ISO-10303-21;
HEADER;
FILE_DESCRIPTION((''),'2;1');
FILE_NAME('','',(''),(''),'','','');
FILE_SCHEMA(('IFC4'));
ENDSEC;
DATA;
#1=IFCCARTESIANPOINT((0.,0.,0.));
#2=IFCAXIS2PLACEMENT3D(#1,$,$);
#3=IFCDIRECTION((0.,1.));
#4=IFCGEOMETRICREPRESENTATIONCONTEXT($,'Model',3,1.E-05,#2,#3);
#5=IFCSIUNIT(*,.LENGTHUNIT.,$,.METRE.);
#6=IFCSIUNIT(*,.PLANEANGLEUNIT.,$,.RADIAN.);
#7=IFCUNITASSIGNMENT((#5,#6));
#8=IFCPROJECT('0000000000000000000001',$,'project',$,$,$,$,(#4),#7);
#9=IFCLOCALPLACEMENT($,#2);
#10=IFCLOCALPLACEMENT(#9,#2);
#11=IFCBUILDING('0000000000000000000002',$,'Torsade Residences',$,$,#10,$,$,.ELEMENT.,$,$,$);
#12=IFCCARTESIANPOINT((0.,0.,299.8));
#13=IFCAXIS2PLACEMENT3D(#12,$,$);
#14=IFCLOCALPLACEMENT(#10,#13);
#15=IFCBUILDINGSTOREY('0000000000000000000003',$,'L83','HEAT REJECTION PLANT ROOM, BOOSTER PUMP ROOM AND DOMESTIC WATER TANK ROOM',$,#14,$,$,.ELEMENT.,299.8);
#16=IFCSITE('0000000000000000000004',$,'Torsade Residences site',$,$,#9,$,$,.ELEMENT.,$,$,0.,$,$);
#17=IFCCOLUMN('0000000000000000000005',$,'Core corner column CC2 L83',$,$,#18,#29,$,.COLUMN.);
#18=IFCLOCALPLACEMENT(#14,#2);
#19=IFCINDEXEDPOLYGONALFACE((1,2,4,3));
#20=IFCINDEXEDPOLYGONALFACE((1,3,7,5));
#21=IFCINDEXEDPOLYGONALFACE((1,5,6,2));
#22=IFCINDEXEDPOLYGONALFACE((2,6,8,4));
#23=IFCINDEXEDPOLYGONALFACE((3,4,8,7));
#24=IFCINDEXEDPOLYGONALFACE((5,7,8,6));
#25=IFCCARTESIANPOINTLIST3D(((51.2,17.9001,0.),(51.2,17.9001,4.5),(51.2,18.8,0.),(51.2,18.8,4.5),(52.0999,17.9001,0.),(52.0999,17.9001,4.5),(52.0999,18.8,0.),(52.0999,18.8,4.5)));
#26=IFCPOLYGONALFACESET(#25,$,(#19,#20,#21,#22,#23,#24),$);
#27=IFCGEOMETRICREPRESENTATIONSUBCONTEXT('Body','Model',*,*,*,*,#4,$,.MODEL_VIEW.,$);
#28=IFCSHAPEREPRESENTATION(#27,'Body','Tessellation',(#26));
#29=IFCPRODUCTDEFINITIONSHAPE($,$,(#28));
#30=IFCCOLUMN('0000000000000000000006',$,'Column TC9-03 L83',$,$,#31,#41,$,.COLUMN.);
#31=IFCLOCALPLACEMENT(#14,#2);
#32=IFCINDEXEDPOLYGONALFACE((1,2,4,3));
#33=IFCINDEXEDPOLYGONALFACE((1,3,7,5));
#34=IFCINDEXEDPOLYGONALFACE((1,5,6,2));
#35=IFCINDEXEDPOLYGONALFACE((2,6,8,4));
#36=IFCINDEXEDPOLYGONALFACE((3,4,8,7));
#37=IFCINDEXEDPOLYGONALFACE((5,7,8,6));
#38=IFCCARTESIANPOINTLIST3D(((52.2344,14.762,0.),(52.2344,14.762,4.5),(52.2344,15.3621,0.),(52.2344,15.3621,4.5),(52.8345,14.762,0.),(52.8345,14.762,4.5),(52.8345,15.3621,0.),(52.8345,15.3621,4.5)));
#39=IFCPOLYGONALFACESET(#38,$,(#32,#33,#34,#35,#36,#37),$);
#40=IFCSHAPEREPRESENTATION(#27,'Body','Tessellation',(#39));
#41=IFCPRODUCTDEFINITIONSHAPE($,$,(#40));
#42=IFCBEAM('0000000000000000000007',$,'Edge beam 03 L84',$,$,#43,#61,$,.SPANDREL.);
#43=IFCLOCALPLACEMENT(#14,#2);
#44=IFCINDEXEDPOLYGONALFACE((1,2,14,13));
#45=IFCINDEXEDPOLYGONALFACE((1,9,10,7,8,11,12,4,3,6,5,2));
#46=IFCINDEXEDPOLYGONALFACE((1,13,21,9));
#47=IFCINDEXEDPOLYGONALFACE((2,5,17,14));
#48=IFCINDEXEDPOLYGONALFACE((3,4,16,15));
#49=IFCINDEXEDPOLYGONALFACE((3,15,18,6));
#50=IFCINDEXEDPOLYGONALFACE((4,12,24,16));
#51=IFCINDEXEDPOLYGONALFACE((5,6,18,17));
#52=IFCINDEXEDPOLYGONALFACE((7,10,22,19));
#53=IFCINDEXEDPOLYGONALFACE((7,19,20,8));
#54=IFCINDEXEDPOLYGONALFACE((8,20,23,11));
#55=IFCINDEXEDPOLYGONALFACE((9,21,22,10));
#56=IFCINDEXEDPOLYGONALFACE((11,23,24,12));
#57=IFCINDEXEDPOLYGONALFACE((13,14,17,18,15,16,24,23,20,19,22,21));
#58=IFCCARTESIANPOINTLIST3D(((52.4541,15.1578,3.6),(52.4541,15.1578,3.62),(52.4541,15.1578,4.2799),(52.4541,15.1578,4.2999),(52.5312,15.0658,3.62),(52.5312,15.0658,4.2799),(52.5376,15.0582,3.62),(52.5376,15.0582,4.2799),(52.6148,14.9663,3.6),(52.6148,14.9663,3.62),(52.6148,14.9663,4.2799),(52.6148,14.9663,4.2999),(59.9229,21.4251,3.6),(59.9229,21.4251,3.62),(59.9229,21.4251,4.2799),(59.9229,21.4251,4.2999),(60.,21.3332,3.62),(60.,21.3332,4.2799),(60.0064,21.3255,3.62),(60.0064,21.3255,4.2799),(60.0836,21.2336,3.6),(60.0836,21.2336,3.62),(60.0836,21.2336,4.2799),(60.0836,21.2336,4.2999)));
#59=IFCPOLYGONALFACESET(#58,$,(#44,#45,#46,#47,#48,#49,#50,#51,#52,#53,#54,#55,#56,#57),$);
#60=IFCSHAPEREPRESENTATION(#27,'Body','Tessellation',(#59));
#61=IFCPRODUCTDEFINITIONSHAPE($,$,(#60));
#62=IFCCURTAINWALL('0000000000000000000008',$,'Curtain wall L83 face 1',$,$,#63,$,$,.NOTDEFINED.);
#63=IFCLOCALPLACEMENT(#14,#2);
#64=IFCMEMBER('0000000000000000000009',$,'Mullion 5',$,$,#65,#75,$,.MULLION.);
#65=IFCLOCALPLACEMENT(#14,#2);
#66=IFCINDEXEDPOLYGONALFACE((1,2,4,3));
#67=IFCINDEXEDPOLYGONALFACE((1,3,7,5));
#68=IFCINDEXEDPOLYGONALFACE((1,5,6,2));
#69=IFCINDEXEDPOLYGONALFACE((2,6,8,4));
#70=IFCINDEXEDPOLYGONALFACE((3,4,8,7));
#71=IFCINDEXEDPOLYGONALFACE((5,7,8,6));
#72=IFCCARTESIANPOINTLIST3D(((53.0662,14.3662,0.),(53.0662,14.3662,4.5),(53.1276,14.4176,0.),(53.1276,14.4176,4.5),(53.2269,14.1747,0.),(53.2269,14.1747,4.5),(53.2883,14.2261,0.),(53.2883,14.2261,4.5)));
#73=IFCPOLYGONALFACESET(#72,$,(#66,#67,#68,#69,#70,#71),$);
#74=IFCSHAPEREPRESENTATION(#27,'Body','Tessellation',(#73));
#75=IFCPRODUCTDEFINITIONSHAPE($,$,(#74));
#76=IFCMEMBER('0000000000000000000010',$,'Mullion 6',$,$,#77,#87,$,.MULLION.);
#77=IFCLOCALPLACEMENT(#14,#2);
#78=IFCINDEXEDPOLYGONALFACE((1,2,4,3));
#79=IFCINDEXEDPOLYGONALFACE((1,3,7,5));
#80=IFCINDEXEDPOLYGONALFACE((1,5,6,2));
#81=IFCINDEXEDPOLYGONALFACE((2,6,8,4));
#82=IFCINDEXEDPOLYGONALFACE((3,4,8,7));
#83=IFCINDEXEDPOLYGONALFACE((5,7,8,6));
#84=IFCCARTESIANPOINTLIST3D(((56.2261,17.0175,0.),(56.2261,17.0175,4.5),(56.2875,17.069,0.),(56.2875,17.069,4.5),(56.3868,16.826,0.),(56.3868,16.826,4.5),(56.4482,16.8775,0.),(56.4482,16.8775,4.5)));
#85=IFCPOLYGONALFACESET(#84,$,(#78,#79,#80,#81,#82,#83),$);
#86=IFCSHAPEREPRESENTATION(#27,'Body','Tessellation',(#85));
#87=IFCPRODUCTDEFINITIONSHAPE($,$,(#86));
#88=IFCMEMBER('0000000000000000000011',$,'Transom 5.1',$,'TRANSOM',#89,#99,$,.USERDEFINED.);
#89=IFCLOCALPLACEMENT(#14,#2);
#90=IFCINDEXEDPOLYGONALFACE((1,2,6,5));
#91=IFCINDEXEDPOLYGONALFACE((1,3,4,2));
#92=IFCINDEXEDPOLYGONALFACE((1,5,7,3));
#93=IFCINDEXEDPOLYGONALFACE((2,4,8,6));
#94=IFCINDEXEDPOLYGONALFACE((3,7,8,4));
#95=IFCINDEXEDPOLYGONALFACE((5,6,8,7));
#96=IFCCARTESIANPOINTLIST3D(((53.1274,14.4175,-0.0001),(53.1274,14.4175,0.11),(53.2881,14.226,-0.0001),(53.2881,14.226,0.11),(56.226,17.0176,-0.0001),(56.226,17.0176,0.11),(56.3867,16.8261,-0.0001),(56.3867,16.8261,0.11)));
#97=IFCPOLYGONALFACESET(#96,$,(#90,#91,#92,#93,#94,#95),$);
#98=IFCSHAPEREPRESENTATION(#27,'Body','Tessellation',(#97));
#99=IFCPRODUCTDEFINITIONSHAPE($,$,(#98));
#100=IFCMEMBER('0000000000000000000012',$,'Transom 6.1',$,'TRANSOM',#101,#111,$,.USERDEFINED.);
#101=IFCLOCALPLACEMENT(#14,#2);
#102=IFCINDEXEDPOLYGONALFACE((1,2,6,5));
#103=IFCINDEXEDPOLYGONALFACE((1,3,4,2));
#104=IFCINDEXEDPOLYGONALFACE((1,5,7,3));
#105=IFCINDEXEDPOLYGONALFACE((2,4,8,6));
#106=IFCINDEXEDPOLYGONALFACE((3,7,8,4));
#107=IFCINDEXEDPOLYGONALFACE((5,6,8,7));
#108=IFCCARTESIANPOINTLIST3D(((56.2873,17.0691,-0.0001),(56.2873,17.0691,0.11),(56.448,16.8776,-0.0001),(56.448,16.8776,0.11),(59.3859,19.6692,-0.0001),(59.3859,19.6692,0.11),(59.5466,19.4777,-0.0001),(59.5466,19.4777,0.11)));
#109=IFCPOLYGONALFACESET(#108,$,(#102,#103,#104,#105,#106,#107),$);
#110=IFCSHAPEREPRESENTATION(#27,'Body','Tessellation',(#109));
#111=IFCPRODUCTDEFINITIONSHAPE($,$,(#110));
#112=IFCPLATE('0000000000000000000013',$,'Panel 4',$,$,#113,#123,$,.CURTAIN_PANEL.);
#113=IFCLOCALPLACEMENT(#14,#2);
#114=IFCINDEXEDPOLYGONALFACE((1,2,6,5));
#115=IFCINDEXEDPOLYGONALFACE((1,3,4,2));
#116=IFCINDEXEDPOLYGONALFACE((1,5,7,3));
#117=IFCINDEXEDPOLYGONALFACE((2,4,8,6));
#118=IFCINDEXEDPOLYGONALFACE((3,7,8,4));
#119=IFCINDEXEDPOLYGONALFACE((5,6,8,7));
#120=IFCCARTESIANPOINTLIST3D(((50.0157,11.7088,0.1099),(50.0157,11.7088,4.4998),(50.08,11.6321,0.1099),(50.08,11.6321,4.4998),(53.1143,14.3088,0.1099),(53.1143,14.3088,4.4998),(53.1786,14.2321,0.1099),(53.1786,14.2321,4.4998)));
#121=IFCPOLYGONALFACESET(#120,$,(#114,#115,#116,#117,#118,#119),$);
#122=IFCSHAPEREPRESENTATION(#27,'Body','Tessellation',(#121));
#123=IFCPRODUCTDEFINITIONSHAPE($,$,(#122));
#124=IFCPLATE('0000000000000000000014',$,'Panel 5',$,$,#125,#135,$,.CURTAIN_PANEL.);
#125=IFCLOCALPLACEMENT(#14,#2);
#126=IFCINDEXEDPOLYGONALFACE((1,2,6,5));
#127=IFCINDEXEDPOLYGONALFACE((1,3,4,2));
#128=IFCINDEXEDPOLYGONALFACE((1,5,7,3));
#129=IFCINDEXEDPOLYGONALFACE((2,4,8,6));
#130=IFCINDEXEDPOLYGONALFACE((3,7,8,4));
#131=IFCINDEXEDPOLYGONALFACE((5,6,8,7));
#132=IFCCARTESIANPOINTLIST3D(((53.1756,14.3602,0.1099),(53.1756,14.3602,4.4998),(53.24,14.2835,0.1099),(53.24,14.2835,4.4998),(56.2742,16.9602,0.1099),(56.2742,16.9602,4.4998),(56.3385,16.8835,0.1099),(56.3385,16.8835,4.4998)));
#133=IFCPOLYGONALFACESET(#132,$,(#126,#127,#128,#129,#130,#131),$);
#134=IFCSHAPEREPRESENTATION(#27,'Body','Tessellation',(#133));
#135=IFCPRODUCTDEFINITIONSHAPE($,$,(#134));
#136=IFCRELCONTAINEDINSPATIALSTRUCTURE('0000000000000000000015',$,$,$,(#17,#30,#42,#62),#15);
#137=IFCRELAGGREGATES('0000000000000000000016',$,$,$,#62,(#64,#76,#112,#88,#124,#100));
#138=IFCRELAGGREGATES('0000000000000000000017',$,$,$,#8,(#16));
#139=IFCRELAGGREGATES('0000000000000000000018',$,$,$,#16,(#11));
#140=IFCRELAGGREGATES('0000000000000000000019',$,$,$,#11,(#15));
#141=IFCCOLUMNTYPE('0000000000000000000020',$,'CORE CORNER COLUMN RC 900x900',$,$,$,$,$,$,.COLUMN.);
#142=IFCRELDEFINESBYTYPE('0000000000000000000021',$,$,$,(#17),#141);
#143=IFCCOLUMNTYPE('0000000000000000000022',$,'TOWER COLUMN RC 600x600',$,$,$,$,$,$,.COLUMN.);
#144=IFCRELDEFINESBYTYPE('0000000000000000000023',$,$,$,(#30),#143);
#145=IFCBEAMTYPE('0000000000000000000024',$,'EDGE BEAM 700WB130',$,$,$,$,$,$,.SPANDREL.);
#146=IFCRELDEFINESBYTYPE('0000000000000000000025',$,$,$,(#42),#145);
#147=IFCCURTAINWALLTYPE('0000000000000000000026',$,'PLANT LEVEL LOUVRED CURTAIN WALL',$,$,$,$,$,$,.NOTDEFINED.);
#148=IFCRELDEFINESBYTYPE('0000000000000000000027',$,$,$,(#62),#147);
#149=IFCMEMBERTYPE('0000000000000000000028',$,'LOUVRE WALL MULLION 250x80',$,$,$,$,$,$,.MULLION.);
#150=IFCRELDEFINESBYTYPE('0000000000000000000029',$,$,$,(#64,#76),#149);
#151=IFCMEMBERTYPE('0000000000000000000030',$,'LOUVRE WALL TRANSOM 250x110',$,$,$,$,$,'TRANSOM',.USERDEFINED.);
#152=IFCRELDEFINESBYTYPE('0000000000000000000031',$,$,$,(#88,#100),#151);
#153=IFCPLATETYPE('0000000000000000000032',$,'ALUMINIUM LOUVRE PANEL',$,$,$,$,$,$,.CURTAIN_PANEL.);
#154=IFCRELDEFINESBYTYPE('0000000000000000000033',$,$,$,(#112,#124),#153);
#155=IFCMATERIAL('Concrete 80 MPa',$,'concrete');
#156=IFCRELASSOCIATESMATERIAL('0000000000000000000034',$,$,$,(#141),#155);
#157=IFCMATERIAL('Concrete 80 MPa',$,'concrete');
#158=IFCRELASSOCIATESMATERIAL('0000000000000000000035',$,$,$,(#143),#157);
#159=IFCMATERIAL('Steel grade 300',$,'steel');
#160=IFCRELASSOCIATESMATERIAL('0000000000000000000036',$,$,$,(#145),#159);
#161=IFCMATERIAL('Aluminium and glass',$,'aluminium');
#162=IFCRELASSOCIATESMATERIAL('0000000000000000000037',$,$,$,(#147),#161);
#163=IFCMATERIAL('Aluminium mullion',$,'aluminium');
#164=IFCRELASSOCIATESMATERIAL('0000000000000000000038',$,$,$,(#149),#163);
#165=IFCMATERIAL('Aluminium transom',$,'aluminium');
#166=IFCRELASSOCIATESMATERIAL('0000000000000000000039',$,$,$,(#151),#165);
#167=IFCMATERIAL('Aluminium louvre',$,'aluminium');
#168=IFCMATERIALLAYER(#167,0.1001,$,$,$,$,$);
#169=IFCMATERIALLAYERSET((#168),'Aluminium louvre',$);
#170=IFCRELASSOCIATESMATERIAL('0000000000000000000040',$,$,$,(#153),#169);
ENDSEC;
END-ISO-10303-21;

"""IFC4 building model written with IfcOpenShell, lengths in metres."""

from ifc_helpers import new_model, si_unit, direction, frame, origin, origin_2d, place, context, subcontext, project, spatial, rectangle, i_section, extrude, material, layer, layer_set, material_profile, profile_set, type_object, element, aggregate, save


model = new_model("IFC4")

# Units and contexts
model_context = context("Model", 3, precision=1e-05, world=origin(), true_north=direction((0.0, 1.0)))
body_context = subcontext(model_context, "Body", "Model", "MODEL_VIEW")
ifc_project = project(units=[si_unit("LENGTHUNIT", "METRE"), si_unit("PLANEANGLEUNIT", "RADIAN")], contexts=[model_context])

# Site, building, storey
site_placement = place(None, origin())
site = spatial("IfcSite", under=ifc_project, at=site_placement, Name="Torsade Residences site", CompositionType="ELEMENT", RefElevation=0.0)
building_placement = place(site_placement, origin())
building = spatial("IfcBuilding", under=site, at=building_placement, Name="Torsade Residences", CompositionType="ELEMENT")
storey_placement = place(building_placement, frame((0.0, 0.0, 299.8)))
storey = spatial("IfcBuildingStorey", under=building, at=storey_placement, Name="L83", Description="HEAT REJECTION PLANT ROOM, BOOSTER PUMP ROOM AND DOMESTIC WATER TANK ROOM", CompositionType="ELEMENT", Elevation=299.8)

# Columns
ifc_material_1 = material(Name="Concrete 80 MPa", Category="concrete")
ifc_material_profile_1 = material_profile(ifc_material_1, rectangle(XDim=0.8999, YDim=0.8999, at=origin_2d()), Name="RC 900x900")
ifc_profile_set_1 = profile_set([ifc_material_profile_1], Name="Concrete 80 MPa")
column_type_1 = type_object("IfcColumnType", Name="CORE CORNER COLUMN RC 900x900", PredefinedType="COLUMN", material=ifc_profile_set_1)
column_1_placement = place(storey_placement, frame((51.6499, 18.3501, 0.0), z_axis=(0.0, 0.0, 1.0), x_axis=(1.0, 0.0, 0.0)))
element("IfcColumn", 1, at=column_1_placement, inside=storey, type_object=column_type_1, Name="Core corner column CC2 L83", PredefinedType="COLUMN", context=body_context, shape_type="SweptSolid", body=[
    extrude(rectangle(XDim=0.8999, YDim=0.8999, at=origin_2d()), origin(), (0.0, 0.0, 1.0), 4.5),
])
ifc_material_2 = material(Name="Concrete 80 MPa", Category="concrete")
ifc_material_profile_2 = material_profile(ifc_material_2, rectangle(XDim=0.6001, YDim=0.6001, at=origin_2d()), Name="RC 600x600")
ifc_profile_set_2 = profile_set([ifc_material_profile_2], Name="Concrete 80 MPa")
column_type_2 = type_object("IfcColumnType", Name="TOWER COLUMN RC 600x600", PredefinedType="COLUMN", material=ifc_profile_set_2)
column_2_placement = place(storey_placement, frame((52.5344, 15.062, 0.0), z_axis=(0.0, 0.0, 1.0), x_axis=(1.0, 0.0, 0.0)))
element("IfcColumn", 2, at=column_2_placement, inside=storey, type_object=column_type_2, Name="Column TC9-03 L83", PredefinedType="COLUMN", context=body_context, shape_type="SweptSolid", body=[
    extrude(rectangle(XDim=0.6001, YDim=0.6001, at=origin_2d()), origin(), (0.0, 0.0, 1.0), 4.5),
])

# Beam
ifc_material_3 = material(Name="Steel grade 300", Category="steel")
ifc_material_profile_3 = material_profile(ifc_material_3, i_section(OverallWidth=0.25, OverallDepth=0.7, WebThickness=0.01, FlangeThickness=0.02, at=origin_2d()), Name="700WB130")
ifc_profile_set_3 = profile_set([ifc_material_profile_3], Name="Steel grade 300")
beam_type = type_object("IfcBeamType", Name="EDGE BEAM 700WB130", PredefinedType="SPANDREL", material=ifc_profile_set_3)
beam_placement = place(storey_placement, frame((52.5344, 15.062, 3.95), z_axis=(0.766029, 0.642806, 0.0), x_axis=(-0.642806, 0.766029, 0.0)))
element("IfcBeam", 3, at=beam_placement, inside=storey, type_object=beam_type, Name="Edge beam 03 L84", PredefinedType="SPANDREL", context=body_context, shape_type="SweptSolid", body=[
    extrude(i_section(OverallWidth=0.25, OverallDepth=0.7, WebThickness=0.01, FlangeThickness=0.02, at=origin_2d()), origin(), (0.0, 0.0, 1.0), 9.75),
])

# Curtain wall, members, plates
ifc_material_4 = material(Name="Aluminium and glass", Category="aluminium")
curtain_wall_type = type_object("IfcCurtainWallType", Name="PLANT LEVEL LOUVRED CURTAIN WALL", PredefinedType="NOTDEFINED", material=ifc_material_4)
curtain_wall_placement = place(storey_placement, origin())
curtain_wall = element("IfcCurtainWall", 4, at=curtain_wall_placement, inside=storey, type_object=curtain_wall_type, Name="Curtain wall L83 face 1", PredefinedType="NOTDEFINED")
ifc_material_5 = material(Name="Aluminium mullion", Category="aluminium")
ifc_material_profile_4 = material_profile(ifc_material_5, rectangle(XDim=0.25, YDim=0.0801, at=origin_2d()), Name="LOUVRE WALL MULLION 250x80")
ifc_profile_set_4 = profile_set([ifc_material_profile_4], Name="Aluminium mullion")
member_type_1 = type_object("IfcMemberType", Name="LOUVRE WALL MULLION 250x80", PredefinedType="MULLION", material=ifc_profile_set_4)
member_1_placement = place(storey_placement, frame((53.1772, 14.2961, 0.0), z_axis=(0.0, 0.0, 1.0), x_axis=(-0.642788, 0.766044, 0.0)))
member_1 = element("IfcMember", 5, at=member_1_placement, type_object=member_type_1, Name="Mullion 5", PredefinedType="MULLION", context=body_context, shape_type="SweptSolid", body=[
    extrude(rectangle(XDim=0.25, YDim=0.0801, at=origin_2d()), origin(), (0.0, 0.0, 1.0), 4.5),
])
member_2_placement = place(storey_placement, frame((56.3372, 16.9475, 0.0), z_axis=(0.0, 0.0, 1.0), x_axis=(-0.642788, 0.766044, 0.0)))
member_2 = element("IfcMember", 6, at=member_2_placement, type_object=member_type_1, Name="Mullion 6", PredefinedType="MULLION", context=body_context, shape_type="SweptSolid", body=[
    extrude(rectangle(XDim=0.25, YDim=0.0801, at=origin_2d()), origin(), (0.0, 0.0, 1.0), 4.5),
])
ifc_material_6 = material(Name="Aluminium transom", Category="aluminium")
ifc_material_profile_5 = material_profile(ifc_material_6, rectangle(XDim=0.25, YDim=0.1101, at=origin_2d()), Name="LOUVRE WALL TRANSOM 250x110")
ifc_profile_set_5 = profile_set([ifc_material_profile_5], Name="Aluminium transom")
member_type_2 = type_object("IfcMemberType", Name="LOUVRE WALL TRANSOM 250x110", ElementType="TRANSOM", PredefinedType="USERDEFINED", material=ifc_profile_set_5)
member_3_placement = place(storey_placement, frame((53.2078, 14.3218, 0.0549), z_axis=(0.76604, 0.642793, 0.0), x_axis=(-0.642793, 0.76604, 0.0)))
member_3 = element("IfcMember", 7, at=member_3_placement, type_object=member_type_2, Name="Transom 5.1", ObjectType="TRANSOM", PredefinedType="USERDEFINED", context=body_context, shape_type="SweptSolid", body=[
    extrude(rectangle(XDim=0.25, YDim=0.1101, at=origin_2d()), origin(), (0.0, 0.0, 1.0), 4.0449),
])
member_4_placement = place(storey_placement, frame((56.3677, 16.9734, 0.0549), z_axis=(0.76604, 0.642793, 0.0), x_axis=(-0.642793, 0.76604, 0.0)))
member_4 = element("IfcMember", 8, at=member_4_placement, type_object=member_type_2, Name="Transom 6.1", ObjectType="TRANSOM", PredefinedType="USERDEFINED", context=body_context, shape_type="SweptSolid", body=[
    extrude(rectangle(XDim=0.25, YDim=0.1101, at=origin_2d()), origin(), (0.0, 0.0, 1.0), 4.0449),
])
ifc_material_7 = material(Name="Aluminium louvre", Category="aluminium")
ifc_layer_1 = layer(ifc_material_7, 0.1001)
ifc_layer_set_1 = layer_set([ifc_layer_1], Name="Aluminium louvre")
plate_type = type_object("IfcPlateType", Name="ALUMINIUM LOUVRE PANEL", PredefinedType="CURTAIN_PANEL", material=ifc_layer_set_1)
plate_1_placement = place(storey_placement, frame((51.5972, 12.9705, 0.1099), z_axis=(0.0, 0.0, 1.0), x_axis=(0.766044, 0.642788, 0.0)))
plate_1 = element("IfcPlate", 9, at=plate_1_placement, type_object=plate_type, Name="Panel 4", PredefinedType="CURTAIN_PANEL", context=body_context, shape_type="SweptSolid", body=[
    extrude(rectangle(XDim=4.0449, YDim=0.1001, at=origin_2d()), origin(), (0.0, 0.0, 1.0), 4.3899),
])
plate_2_placement = place(storey_placement, frame((54.7571, 15.6218, 0.1099), z_axis=(0.0, 0.0, 1.0), x_axis=(0.766044, 0.642788, 0.0)))
plate_2 = element("IfcPlate", 10, at=plate_2_placement, type_object=plate_type, Name="Panel 5", PredefinedType="CURTAIN_PANEL", context=body_context, shape_type="SweptSolid", body=[
    extrude(rectangle(XDim=4.0449, YDim=0.1001, at=origin_2d()), origin(), (0.0, 0.0, 1.0), 4.3899),
])
aggregate(curtain_wall, [member_1, member_2, plate_1, member_3, plate_2, member_4])

save(model, "model.ifc")
